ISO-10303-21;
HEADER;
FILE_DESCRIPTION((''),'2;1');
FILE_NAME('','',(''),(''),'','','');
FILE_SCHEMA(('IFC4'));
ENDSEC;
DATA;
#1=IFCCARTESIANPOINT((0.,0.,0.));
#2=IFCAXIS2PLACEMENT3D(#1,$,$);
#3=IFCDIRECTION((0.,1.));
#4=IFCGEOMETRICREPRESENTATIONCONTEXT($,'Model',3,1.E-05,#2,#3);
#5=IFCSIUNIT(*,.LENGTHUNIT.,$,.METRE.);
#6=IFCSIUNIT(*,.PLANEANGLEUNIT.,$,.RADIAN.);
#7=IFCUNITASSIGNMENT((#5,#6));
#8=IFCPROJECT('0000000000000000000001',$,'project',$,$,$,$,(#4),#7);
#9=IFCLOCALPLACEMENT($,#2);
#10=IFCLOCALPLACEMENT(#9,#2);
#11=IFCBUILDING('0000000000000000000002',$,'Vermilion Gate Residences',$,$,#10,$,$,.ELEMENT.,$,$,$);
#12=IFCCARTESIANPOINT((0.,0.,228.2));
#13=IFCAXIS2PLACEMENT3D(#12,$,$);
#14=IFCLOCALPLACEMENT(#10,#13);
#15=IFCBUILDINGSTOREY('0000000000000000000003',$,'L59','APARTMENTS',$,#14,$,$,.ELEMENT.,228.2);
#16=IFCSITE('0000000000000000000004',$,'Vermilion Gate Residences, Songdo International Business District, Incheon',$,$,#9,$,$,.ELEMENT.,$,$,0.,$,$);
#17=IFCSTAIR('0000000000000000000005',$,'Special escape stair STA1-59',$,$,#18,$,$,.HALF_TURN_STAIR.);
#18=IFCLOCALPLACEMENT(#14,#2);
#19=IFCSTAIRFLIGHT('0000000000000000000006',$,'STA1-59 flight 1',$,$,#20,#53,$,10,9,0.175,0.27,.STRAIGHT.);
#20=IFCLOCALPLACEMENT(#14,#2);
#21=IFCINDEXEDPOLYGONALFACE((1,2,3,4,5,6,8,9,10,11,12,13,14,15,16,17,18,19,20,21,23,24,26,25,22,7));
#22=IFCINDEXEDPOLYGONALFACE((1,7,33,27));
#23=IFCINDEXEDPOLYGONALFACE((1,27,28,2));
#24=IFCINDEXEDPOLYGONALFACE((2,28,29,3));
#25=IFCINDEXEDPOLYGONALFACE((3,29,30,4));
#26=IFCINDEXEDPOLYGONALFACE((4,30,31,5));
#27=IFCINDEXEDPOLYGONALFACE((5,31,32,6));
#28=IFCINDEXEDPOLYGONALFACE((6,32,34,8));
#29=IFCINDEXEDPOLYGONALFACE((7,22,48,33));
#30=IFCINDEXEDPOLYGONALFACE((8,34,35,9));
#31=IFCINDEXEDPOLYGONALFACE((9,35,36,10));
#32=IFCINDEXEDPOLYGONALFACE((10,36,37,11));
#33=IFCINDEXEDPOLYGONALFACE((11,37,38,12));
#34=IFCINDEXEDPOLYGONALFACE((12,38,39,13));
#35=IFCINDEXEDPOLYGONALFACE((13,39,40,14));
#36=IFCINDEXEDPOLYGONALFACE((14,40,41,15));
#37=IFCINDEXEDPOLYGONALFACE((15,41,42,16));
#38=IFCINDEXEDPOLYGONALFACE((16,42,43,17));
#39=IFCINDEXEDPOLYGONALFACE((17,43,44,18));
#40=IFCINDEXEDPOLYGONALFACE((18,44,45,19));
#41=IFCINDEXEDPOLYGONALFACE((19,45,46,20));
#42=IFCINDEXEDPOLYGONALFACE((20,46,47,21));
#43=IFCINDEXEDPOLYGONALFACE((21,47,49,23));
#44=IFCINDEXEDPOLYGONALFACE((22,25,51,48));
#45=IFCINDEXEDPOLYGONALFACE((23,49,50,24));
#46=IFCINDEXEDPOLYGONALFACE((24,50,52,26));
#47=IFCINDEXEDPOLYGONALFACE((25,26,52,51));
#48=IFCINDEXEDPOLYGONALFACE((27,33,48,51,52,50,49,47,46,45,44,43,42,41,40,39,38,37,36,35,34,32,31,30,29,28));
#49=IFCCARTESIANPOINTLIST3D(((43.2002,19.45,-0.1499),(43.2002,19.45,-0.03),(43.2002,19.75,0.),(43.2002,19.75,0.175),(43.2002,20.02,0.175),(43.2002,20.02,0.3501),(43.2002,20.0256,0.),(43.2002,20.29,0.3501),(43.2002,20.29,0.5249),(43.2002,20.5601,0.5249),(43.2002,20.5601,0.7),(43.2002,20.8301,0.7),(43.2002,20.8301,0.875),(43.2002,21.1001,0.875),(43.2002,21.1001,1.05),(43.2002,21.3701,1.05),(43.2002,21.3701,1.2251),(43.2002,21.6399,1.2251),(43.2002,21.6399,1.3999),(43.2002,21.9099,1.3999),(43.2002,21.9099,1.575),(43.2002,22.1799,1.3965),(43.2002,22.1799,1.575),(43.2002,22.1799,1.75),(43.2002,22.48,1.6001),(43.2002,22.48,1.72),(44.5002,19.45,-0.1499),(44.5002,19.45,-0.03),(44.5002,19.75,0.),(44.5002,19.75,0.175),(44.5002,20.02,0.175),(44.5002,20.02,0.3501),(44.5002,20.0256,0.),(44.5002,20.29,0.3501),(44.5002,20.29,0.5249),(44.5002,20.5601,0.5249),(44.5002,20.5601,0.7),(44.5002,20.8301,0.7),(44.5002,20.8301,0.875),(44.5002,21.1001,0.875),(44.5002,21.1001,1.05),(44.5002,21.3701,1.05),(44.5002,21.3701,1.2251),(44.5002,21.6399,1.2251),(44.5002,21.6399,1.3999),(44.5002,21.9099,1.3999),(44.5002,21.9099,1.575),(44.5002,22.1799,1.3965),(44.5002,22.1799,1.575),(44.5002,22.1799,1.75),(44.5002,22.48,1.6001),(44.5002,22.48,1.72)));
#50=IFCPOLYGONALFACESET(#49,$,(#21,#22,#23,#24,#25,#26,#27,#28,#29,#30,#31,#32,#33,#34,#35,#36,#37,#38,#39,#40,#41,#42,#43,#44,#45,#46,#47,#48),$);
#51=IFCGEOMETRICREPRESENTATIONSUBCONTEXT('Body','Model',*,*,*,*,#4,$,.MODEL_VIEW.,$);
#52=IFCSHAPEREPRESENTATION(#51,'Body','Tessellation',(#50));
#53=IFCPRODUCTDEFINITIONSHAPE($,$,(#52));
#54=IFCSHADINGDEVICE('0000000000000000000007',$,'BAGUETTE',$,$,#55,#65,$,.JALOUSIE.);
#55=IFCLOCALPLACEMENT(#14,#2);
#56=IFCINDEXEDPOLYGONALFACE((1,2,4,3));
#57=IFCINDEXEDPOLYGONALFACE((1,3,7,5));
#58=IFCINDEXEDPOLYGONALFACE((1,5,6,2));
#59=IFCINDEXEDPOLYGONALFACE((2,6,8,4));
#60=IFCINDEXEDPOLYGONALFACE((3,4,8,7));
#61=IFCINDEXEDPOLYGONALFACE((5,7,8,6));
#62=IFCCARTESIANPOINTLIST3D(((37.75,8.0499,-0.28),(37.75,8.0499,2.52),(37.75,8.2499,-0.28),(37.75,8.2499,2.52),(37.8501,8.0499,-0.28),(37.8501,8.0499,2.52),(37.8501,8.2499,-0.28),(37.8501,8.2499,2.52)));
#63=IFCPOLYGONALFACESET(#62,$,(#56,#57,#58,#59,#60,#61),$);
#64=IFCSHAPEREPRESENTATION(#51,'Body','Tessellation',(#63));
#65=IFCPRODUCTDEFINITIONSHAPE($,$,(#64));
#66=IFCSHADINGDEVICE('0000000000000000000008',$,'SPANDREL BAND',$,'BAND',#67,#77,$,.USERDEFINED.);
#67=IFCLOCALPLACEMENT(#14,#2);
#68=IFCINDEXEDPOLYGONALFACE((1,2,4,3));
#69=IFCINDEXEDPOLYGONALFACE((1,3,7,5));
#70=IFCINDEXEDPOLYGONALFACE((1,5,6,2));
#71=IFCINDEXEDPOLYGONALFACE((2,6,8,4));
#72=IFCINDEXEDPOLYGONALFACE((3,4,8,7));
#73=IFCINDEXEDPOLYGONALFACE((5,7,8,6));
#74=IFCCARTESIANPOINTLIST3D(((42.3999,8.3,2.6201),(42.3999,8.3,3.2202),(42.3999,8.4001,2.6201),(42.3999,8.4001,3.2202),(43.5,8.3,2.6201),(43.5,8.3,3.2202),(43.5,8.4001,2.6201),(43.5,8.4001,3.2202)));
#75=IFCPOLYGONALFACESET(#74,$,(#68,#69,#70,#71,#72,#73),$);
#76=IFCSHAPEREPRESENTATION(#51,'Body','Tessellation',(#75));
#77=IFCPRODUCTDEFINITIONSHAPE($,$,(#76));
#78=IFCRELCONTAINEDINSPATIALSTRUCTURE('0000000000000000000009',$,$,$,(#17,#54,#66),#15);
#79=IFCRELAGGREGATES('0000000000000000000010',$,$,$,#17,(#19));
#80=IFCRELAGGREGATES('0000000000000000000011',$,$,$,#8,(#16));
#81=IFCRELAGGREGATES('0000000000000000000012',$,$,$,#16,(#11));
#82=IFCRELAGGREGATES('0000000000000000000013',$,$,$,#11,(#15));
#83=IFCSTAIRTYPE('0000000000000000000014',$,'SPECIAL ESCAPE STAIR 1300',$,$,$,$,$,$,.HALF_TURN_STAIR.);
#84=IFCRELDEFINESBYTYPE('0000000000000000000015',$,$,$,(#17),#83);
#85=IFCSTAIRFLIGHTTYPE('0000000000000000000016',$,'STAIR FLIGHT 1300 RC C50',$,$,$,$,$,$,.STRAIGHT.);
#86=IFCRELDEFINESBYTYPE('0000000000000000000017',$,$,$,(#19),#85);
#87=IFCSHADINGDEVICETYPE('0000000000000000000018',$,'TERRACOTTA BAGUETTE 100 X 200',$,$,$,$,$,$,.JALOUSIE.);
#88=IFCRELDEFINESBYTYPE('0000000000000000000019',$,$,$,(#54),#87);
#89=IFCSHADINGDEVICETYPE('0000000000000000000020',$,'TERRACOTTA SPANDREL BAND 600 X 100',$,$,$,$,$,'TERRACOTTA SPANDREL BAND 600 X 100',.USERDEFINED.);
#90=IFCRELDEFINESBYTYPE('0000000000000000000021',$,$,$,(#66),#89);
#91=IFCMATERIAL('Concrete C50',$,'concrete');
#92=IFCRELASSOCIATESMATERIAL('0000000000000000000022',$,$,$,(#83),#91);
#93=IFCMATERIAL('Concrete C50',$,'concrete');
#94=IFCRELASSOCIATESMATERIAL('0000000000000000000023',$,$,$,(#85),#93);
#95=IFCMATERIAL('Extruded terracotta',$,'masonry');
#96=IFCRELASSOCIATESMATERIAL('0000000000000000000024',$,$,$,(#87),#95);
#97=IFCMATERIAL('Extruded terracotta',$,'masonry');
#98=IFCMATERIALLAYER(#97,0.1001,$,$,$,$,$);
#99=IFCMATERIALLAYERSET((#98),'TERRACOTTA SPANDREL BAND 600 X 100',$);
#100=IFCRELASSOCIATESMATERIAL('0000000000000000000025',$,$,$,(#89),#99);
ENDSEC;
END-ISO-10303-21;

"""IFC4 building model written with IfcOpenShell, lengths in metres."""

from ifc_helpers import new_model, si_unit, direction, frame, origin, origin_2d, place, context, subcontext, project, spatial, polyline, rectangle, outline, extrude, material, layer, layer_set, material_profile, profile_set, type_object, element, aggregate, save


model = new_model("IFC4")

# Units and contexts
model_context = context("Model", 3, precision=1e-05, world=origin(), true_north=direction((0.0, 1.0)))
body_context = subcontext(model_context, "Body", "Model", "MODEL_VIEW")
ifc_project = project(units=[si_unit("LENGTHUNIT", "METRE"), si_unit("PLANEANGLEUNIT", "RADIAN")], contexts=[model_context])

# Site, building, storey
site_placement = place(None, origin())
site = spatial("IfcSite", under=ifc_project, at=site_placement, Name="Vermilion Gate Residences, Songdo International Business District, Incheon", CompositionType="ELEMENT", RefElevation=0.0)
building_placement = place(site_placement, origin())
building = spatial("IfcBuilding", under=site, at=building_placement, Name="Vermilion Gate Residences", CompositionType="ELEMENT")
storey_placement = place(building_placement, frame((0.0, 0.0, 228.2)))
storey = spatial("IfcBuildingStorey", under=building, at=storey_placement, Name="L59", Description="APARTMENTS", CompositionType="ELEMENT", Elevation=228.2)

# Stair, stair flight
ifc_material_1 = material(Name="Concrete C50", Category="concrete")
stair_type = type_object("IfcStairType", Name="SPECIAL ESCAPE STAIR 1300", PredefinedType="HALF_TURN_STAIR", material=ifc_material_1)
stair_placement = place(storey_placement, origin())
stair = element("IfcStair", 1, at=stair_placement, inside=storey, type_object=stair_type, Name="Special escape stair STA1-59", PredefinedType="HALF_TURN_STAIR")
ifc_material_2 = material(Name="Concrete C50", Category="concrete")
stair_flight_type = type_object("IfcStairFlightType", Name="STAIR FLIGHT 1300 RC C50", PredefinedType="STRAIGHT", material=ifc_material_2)
stair_flight_placement = place(storey_placement, frame((43.8501, 19.75, 0.0), z_axis=(0.0, 0.0, 1.0), x_axis=(0.0, 1.0, 0.0)))
stair_flight = element("IfcStairFlight", 2, at=stair_flight_placement, type_object=stair_flight_type, Name="STA1-59 flight 1", NumberOfRisers=10, NumberOfTreads=9, PredefinedType="STRAIGHT", RiserHeight=0.175, TreadLength=0.27, context=body_context, shape_type="SweptSolid", body=[
    extrude(outline(polyline([(-0.3, -0.1499), (-0.3, -0.03), (0.0, 0.0), (0.0, 0.175), (0.27, 0.175), (0.27, 0.3501), (0.54, 0.3501), (0.54, 0.5249), (0.8101, 0.5249), (0.8101, 0.7), (1.0801, 0.7), (1.0801, 0.875), (1.3501, 0.875), (1.3501, 1.05), (1.6201, 1.05), (1.6201, 1.2251), (1.8899, 1.2251), (1.8899, 1.3999), (2.1599, 1.3999), (2.1599, 1.575), (2.4299, 1.575), (2.4299, 1.75), (2.73, 1.72), (2.73, 1.6001), (2.4299, 1.3965), (0.2756, 0.0), (-0.3, -0.1499)])), frame((0.0, 0.6499, 0.0), z_axis=(0.0, -1.0, 0.0), x_axis=(1.0, 0.0, 0.0)), (0.0, 0.0, 1.0), 1.3),
])
aggregate(stair, [stair_flight])

# Shading devices
ifc_material_3 = material(Name="Extruded terracotta", Category="masonry")
ifc_material_profile_1 = material_profile(ifc_material_3, rectangle(XDim=0.2, YDim=0.1001, at=origin_2d()), Name="BAGUETTE 100 X 200")
ifc_profile_set_1 = profile_set([ifc_material_profile_1], Name="Extruded terracotta")
shading_device_type_1 = type_object("IfcShadingDeviceType", Name="TERRACOTTA BAGUETTE 100 X 200", PredefinedType="JALOUSIE", material=ifc_profile_set_1)
shading_device_1_placement = place(storey_placement, frame((37.8, 8.1499, -0.28), z_axis=(0.0, 0.0, 1.0), x_axis=(0.0, 1.0, 0.0)))
element("IfcShadingDevice", 3, at=shading_device_1_placement, inside=storey, type_object=shading_device_type_1, Name="BAGUETTE", PredefinedType="JALOUSIE", context=body_context, shape_type="SweptSolid", body=[
    extrude(rectangle(XDim=0.2, YDim=0.1001, at=origin_2d()), origin(), (0.0, 0.0, 1.0), 2.8),
])
ifc_material_4 = material(Name="Extruded terracotta", Category="masonry")
ifc_layer_1 = layer(ifc_material_4, 0.1001)
ifc_layer_set_1 = layer_set([ifc_layer_1], Name="TERRACOTTA SPANDREL BAND 600 X 100")
shading_device_type_2 = type_object("IfcShadingDeviceType", Name="TERRACOTTA SPANDREL BAND 600 X 100", ElementType="TERRACOTTA SPANDREL BAND 600 X 100", PredefinedType="USERDEFINED", material=ifc_layer_set_1)
shading_device_2_placement = place(storey_placement, frame((42.95, 8.3501, 2.6201), z_axis=(0.0, 0.0, 1.0), x_axis=(1.0, 0.0, 0.0)))
element("IfcShadingDevice", 4, at=shading_device_2_placement, inside=storey, type_object=shading_device_type_2, Name="SPANDREL BAND", ObjectType="BAND", PredefinedType="USERDEFINED", context=body_context, shape_type="SweptSolid", body=[
    extrude(rectangle(XDim=1.1001, YDim=0.1001, at=origin_2d()), origin(), (0.0, 0.0, 1.0), 0.6001),
])

save(model, "model.ifc")
